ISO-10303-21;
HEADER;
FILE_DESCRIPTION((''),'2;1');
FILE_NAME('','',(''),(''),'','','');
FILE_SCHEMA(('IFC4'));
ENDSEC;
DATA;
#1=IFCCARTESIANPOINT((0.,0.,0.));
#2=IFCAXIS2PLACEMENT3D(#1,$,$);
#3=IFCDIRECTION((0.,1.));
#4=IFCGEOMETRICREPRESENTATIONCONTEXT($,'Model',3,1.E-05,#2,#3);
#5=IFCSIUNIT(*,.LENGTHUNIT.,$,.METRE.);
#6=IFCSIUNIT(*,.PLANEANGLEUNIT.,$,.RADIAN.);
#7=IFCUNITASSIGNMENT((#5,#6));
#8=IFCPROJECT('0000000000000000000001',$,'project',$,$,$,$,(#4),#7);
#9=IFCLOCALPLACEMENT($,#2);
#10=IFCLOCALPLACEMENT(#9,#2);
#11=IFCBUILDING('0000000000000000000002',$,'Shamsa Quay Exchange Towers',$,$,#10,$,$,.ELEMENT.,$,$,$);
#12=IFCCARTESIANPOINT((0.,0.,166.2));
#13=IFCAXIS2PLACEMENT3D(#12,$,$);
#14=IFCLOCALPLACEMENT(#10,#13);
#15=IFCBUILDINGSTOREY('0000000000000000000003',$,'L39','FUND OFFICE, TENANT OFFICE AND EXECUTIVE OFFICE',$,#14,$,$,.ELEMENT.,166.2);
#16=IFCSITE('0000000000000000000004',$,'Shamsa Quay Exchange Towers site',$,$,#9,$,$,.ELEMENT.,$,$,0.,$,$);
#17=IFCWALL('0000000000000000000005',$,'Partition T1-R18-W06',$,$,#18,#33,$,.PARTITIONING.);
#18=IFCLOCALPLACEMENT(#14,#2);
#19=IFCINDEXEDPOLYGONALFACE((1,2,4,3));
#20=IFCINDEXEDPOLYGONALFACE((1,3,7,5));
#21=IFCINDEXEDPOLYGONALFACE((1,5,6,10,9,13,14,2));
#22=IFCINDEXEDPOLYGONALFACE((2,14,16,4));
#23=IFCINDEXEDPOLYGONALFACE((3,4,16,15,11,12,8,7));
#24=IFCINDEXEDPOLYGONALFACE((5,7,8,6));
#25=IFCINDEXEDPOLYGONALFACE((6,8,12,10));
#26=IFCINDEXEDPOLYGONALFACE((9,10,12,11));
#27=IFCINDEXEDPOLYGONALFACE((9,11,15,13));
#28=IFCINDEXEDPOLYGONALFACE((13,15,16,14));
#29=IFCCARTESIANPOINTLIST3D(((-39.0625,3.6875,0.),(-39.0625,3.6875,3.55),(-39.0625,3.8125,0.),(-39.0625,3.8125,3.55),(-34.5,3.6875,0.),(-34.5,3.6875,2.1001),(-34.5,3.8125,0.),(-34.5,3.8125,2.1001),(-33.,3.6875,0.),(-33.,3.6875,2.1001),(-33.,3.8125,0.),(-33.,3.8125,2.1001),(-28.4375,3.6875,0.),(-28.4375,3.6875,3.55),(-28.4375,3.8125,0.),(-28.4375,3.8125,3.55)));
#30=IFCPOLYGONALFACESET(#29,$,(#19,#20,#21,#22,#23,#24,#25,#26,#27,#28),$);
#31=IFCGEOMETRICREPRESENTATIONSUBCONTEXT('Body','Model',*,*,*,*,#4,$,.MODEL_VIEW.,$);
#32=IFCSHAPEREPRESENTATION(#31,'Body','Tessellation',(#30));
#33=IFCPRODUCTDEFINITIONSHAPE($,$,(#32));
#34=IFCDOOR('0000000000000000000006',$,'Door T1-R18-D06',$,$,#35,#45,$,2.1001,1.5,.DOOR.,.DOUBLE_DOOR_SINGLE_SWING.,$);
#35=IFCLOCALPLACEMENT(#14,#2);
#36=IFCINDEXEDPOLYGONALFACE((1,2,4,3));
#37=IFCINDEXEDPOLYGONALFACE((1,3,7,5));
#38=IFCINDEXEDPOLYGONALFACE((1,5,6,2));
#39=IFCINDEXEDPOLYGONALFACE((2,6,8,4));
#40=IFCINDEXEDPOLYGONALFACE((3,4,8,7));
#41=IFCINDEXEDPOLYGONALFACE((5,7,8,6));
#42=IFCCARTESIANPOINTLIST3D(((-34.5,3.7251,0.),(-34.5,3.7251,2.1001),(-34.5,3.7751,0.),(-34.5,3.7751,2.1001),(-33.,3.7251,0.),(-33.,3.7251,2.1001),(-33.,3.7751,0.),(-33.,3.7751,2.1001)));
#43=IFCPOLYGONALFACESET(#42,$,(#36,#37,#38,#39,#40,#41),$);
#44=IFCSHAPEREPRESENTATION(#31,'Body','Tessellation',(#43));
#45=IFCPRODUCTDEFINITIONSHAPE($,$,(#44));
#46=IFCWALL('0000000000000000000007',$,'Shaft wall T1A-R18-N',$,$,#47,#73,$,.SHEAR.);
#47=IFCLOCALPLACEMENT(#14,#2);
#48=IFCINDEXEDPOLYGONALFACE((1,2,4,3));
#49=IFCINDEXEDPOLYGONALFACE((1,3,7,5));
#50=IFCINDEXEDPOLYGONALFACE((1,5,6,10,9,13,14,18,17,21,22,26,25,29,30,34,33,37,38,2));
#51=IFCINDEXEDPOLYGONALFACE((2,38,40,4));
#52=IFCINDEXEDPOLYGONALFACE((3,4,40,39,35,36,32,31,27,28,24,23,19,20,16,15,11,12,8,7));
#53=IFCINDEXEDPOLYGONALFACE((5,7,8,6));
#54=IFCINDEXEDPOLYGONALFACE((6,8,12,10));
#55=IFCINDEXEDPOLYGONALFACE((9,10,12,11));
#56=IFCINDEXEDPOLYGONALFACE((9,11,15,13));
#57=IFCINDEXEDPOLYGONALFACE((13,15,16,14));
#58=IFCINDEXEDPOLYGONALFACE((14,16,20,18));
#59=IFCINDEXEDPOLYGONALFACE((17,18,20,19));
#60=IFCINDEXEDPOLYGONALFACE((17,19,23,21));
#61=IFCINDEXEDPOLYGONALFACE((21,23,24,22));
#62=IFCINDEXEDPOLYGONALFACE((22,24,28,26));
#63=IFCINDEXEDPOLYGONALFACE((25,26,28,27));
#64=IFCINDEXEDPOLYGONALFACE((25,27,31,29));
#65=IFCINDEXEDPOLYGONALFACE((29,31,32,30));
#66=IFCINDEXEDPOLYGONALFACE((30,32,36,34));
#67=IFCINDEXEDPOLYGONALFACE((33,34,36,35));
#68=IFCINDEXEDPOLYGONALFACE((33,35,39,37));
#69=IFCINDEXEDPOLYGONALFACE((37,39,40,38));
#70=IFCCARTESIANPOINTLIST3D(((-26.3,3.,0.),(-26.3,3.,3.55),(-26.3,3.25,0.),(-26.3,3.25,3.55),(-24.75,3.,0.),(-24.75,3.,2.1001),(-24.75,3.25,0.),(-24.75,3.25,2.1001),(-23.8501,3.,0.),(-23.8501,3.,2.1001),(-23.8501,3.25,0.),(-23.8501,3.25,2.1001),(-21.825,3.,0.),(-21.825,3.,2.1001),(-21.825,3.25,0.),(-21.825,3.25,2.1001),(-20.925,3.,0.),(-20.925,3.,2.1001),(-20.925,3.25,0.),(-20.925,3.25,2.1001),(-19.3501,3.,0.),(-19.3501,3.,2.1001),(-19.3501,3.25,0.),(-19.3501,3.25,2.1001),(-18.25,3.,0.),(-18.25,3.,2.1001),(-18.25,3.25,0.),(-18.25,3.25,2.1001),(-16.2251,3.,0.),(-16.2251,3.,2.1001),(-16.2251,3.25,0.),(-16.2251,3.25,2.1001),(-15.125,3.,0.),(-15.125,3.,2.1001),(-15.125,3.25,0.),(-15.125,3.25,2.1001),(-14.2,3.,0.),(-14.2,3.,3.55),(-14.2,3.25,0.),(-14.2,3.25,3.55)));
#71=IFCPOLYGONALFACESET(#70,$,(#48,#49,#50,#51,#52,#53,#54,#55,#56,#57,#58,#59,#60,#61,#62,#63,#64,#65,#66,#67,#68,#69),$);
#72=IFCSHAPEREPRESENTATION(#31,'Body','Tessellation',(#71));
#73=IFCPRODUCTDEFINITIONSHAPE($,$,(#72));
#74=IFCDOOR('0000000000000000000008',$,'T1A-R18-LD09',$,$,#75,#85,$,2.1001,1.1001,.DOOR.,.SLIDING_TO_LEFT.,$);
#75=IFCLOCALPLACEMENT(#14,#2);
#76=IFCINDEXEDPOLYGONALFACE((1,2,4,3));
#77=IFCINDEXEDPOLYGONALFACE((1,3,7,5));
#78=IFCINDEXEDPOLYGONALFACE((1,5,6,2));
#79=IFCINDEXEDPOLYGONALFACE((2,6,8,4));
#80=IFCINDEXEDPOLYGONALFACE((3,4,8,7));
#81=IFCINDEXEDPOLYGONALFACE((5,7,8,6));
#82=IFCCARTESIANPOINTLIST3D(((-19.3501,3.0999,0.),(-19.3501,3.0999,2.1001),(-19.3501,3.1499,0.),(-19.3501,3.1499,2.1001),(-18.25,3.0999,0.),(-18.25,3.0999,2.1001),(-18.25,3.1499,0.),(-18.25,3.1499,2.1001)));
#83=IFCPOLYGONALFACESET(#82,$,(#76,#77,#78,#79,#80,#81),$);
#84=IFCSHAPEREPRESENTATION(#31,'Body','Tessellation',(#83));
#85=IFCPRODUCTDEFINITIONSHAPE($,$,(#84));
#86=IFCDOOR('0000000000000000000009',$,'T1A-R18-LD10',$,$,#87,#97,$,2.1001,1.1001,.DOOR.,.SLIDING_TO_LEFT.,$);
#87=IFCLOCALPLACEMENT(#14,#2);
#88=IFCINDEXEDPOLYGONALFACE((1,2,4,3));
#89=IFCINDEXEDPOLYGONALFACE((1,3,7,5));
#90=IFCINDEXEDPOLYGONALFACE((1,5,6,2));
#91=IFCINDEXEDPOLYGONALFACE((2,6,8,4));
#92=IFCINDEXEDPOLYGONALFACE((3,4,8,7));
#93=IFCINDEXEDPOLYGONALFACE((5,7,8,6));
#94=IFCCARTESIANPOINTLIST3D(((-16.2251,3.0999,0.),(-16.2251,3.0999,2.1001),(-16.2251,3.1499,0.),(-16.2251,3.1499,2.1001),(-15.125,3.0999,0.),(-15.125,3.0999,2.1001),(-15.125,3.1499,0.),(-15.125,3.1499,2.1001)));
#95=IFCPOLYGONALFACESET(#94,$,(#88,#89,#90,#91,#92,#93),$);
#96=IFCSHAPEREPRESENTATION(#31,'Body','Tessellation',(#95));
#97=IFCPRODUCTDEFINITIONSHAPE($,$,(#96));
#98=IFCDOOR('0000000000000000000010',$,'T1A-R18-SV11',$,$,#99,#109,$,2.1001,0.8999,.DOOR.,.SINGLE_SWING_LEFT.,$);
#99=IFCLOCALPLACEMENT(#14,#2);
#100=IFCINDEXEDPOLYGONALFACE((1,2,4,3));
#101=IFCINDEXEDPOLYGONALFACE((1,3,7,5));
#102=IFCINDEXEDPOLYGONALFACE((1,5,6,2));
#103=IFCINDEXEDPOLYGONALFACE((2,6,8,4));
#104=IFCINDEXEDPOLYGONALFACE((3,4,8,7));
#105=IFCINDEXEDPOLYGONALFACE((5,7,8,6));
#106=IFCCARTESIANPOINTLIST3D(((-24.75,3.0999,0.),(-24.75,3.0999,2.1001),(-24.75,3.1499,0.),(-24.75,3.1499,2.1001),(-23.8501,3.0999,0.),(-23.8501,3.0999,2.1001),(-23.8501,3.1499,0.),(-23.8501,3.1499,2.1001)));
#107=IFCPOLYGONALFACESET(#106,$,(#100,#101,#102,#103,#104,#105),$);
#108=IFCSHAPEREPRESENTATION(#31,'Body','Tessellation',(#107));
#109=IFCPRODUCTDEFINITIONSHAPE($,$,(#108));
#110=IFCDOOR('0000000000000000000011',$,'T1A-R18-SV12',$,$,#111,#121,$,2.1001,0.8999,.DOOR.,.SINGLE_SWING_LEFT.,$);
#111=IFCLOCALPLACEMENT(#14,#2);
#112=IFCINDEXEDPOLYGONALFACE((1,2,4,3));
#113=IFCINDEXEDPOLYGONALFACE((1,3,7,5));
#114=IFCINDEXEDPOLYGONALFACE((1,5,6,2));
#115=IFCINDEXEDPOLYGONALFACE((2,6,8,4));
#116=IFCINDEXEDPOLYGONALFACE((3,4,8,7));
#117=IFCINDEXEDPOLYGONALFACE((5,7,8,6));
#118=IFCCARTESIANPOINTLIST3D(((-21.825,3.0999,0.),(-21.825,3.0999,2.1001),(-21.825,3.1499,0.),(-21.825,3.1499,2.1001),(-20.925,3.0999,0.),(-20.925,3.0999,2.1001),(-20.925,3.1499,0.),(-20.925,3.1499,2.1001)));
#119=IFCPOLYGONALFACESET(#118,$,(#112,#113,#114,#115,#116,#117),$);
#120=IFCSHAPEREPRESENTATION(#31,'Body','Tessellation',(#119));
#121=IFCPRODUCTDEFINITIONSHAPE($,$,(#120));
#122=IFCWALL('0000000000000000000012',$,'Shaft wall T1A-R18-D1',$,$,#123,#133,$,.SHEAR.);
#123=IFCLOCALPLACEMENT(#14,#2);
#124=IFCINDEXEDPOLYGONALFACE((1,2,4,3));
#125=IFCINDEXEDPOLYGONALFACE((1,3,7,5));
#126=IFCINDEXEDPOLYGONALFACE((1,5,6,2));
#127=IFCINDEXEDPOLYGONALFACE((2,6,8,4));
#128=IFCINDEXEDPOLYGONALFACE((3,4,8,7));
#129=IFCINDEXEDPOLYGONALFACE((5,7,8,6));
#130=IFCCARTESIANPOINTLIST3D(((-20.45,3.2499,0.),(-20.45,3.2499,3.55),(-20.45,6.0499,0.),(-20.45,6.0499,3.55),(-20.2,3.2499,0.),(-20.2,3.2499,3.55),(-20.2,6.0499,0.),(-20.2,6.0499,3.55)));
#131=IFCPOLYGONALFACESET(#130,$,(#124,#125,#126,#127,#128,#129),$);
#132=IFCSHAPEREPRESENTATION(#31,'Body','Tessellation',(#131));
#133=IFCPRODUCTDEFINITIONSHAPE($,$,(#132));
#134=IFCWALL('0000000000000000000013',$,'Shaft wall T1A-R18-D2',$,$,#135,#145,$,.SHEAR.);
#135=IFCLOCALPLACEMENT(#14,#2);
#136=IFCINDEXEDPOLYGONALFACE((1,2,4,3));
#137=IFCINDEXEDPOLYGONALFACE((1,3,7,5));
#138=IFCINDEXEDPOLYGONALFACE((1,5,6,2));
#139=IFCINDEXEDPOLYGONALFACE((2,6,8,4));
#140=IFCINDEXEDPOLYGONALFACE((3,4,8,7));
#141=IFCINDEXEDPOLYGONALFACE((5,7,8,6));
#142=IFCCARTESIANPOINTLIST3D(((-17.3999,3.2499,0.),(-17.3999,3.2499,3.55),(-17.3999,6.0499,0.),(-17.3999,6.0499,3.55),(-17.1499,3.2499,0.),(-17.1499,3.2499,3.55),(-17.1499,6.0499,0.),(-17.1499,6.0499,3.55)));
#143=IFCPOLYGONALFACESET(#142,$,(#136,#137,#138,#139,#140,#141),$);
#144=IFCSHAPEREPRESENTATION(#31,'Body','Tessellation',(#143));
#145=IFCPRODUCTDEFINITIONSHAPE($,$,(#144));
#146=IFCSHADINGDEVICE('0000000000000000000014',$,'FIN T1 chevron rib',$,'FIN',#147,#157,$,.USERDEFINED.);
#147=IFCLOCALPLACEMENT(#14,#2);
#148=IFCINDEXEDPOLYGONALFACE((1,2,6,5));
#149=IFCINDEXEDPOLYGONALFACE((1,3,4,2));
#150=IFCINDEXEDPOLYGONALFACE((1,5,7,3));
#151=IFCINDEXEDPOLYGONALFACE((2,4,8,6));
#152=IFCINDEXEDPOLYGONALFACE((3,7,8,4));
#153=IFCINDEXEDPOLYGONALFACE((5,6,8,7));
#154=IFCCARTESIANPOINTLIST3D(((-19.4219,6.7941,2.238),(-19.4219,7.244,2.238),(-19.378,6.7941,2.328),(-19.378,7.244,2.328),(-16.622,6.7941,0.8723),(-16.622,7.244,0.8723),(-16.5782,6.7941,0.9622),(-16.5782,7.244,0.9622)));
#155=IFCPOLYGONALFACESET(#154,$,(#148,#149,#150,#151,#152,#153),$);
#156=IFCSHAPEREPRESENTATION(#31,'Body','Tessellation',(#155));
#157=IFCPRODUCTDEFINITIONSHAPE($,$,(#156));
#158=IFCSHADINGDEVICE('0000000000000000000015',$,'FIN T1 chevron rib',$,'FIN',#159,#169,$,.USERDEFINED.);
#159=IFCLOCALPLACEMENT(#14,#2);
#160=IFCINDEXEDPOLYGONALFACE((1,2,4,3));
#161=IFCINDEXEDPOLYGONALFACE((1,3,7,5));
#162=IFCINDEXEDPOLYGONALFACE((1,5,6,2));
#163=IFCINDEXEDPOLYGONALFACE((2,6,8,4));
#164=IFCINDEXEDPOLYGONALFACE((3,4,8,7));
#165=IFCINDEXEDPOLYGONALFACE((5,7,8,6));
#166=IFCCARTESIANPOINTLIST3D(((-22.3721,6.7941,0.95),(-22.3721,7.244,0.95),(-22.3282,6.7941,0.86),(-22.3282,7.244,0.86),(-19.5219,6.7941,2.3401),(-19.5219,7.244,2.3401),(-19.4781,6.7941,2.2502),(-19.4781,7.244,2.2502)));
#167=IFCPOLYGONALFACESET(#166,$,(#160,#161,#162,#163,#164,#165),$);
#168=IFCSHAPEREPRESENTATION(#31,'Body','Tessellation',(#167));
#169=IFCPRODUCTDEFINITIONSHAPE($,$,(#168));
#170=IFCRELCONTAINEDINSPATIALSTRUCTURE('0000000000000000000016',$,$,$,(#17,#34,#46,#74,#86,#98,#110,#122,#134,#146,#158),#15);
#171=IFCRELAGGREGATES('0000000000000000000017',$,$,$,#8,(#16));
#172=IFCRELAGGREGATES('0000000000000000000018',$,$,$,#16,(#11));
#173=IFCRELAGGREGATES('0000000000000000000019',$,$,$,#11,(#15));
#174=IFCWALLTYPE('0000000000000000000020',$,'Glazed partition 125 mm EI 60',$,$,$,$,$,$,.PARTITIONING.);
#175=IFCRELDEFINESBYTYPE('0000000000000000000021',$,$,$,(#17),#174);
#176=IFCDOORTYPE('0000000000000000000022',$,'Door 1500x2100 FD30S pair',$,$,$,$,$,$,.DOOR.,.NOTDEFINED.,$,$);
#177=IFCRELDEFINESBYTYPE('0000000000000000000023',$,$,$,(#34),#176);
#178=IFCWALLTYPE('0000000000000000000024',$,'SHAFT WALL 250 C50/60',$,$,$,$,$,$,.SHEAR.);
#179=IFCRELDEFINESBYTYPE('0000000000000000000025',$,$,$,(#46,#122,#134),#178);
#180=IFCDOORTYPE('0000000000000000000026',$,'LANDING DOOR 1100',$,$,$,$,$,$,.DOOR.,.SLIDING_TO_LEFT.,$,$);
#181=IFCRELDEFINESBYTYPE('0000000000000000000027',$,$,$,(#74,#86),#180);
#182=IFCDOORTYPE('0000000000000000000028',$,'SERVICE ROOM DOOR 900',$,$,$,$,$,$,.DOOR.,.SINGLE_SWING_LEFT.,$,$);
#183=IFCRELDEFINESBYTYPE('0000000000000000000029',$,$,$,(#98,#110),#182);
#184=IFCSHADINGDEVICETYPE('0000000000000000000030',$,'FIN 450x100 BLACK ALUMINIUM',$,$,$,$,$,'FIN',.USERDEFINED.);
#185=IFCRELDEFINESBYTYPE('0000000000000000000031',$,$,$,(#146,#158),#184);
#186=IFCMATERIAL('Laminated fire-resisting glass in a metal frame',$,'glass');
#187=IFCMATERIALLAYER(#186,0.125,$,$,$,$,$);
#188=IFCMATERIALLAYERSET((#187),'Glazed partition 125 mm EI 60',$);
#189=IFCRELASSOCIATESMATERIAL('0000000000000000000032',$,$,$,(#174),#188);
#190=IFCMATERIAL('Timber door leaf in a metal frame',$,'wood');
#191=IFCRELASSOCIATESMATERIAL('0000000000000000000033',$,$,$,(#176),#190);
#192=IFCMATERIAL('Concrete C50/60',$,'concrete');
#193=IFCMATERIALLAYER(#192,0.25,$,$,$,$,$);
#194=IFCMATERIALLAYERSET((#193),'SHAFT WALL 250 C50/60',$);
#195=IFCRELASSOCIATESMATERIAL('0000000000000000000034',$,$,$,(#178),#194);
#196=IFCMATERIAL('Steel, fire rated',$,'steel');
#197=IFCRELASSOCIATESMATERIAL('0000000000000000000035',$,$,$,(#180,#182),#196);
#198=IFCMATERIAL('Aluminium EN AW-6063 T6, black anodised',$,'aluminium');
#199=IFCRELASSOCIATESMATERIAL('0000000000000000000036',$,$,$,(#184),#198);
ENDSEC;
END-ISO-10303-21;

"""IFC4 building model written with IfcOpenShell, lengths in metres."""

from ifc_helpers import new_model, si_unit, direction, frame, frame_2d, origin, origin_2d, place, context, subcontext, project, spatial, rectangle, extrude, material, layer, layer_set, material_profile, profile_set, type_object, element, fill, save


model = new_model("IFC4")

# Units and contexts
model_context = context("Model", 3, precision=1e-05, world=origin(), true_north=direction((0.0, 1.0)))
body_context = subcontext(model_context, "Body", "Model", "MODEL_VIEW")
ifc_project = project(units=[si_unit("LENGTHUNIT", "METRE"), si_unit("PLANEANGLEUNIT", "RADIAN")], contexts=[model_context])

# Site, building, storey
site_placement = place(None, origin())
site = spatial("IfcSite", under=ifc_project, at=site_placement, Name="Shamsa Quay Exchange Towers site", CompositionType="ELEMENT", RefElevation=0.0)
building_placement = place(site_placement, origin())
building = spatial("IfcBuilding", under=site, at=building_placement, Name="Shamsa Quay Exchange Towers", CompositionType="ELEMENT")
storey_placement = place(building_placement, frame((0.0, 0.0, 166.2)))
storey = spatial("IfcBuildingStorey", under=building, at=storey_placement, Name="L39", Description="FUND OFFICE, TENANT OFFICE AND EXECUTIVE OFFICE", CompositionType="ELEMENT", Elevation=166.2)

# Shared definitions
ifc_material_1 = material(Name="Aluminium EN AW-6063 T6, black anodised", Category="aluminium")

# Shared definitions
ifc_material_2 = material(Name="Steel, fire rated", Category="steel")

# Shared definitions
ifc_material_3 = material(Name="Laminated fire-resisting glass in a metal frame", Category="glass")
ifc_layer_1 = layer(ifc_material_3, 0.125)
ifc_layer_set_1 = layer_set([ifc_layer_1], Name="Glazed partition 125 mm EI 60")
wall_type_1 = type_object("IfcWallType", Name="Glazed partition 125 mm EI 60", PredefinedType="PARTITIONING", material=ifc_layer_set_1)

# Wall, opening, door
wall_1_placement = place(storey_placement, frame((-28.4375, 3.75, 0.0), z_axis=(0.0, 0.0, 1.0), x_axis=(-1.0, 0.0, 0.0)))
wall_1 = element("IfcWall", 1, at=wall_1_placement, inside=storey, type_object=wall_type_1, Name="Partition T1-R18-W06", PredefinedType="PARTITIONING", context=body_context, shape_type="SweptSolid", body=[
    extrude(rectangle(XDim=10.625, YDim=0.125, at=frame_2d((5.3125, 0.0))), origin(), (0.0, 0.0, 1.0), 3.55),
])
opening_1_placement = place(wall_1_placement, frame((4.5625, 0.0, 0.0)))
opening_1 = element("IfcOpeningElement", 2, at=opening_1_placement, cuts=wall_1, PredefinedType="OPENING", context=body_context, shape_type="SweptSolid", body=[
    extrude(rectangle(XDim=1.5, YDim=2.1001, at=frame_2d((0.75, 1.05))), frame((0.0, 0.0725, 0.0), z_axis=(0.0, -1.0, 0.0), x_axis=(1.0, 0.0, 0.0)), (0.0, 0.0, 1.0), 0.145),
])
ifc_material_4 = material(Name="Timber door leaf in a metal frame", Category="wood")
door_type_1 = type_object("IfcDoorType", Name="Door 1500x2100 FD30S pair", OperationType="NOTDEFINED", PredefinedType="DOOR", material=ifc_material_4)
door_1_placement = place(opening_1_placement, origin())
door_1 = element("IfcDoor", 3, at=door_1_placement, inside=storey, type_object=door_type_1, Name="Door T1-R18-D06", OperationType="DOUBLE_DOOR_SINGLE_SWING", OverallHeight=2.1001, OverallWidth=1.5, PredefinedType="DOOR", context=body_context, shape_type="SweptSolid", body=[
    extrude(rectangle(XDim=1.5, YDim=2.1001, at=frame_2d((0.75, 1.05))), frame((0.0, 0.0249, 0.0), z_axis=(0.0, -1.0, 0.0), x_axis=(1.0, 0.0, 0.0)), (0.0, 0.0, 1.0), 0.05),
])
fill(opening_1, door_1)

# Wall, openings, doors
ifc_material_5 = material(Name="Concrete C50/60", Category="concrete")
ifc_layer_2 = layer(ifc_material_5, 0.25)
ifc_layer_set_2 = layer_set([ifc_layer_2], Name="SHAFT WALL 250 C50/60")
wall_type_2 = type_object("IfcWallType", Name="SHAFT WALL 250 C50/60", PredefinedType="SHEAR", material=ifc_layer_set_2)
wall_2_placement = place(storey_placement, frame((-26.3, 3.125, 0.0)))
wall_2 = element("IfcWall", 4, at=wall_2_placement, inside=storey, type_object=wall_type_2, Name="Shaft wall T1A-R18-N", PredefinedType="SHEAR", context=body_context, shape_type="SweptSolid", body=[
    extrude(rectangle(XDim=12.1001, YDim=0.25, at=frame_2d((6.05, 0.0))), origin(), (0.0, 0.0, 1.0), 3.55),
])
opening_2_placement = place(wall_2_placement, frame((6.95, 0.0, 0.0)))
opening_2 = element("IfcOpeningElement", 5, at=opening_2_placement, cuts=wall_2, PredefinedType="OPENING", context=body_context, shape_type="SweptSolid", body=[
    extrude(rectangle(XDim=1.1001, YDim=2.1001, at=frame_2d((0.55, 1.05))), frame((0.0, 0.135, 0.0), z_axis=(0.0, -1.0, 0.0), x_axis=(1.0, 0.0, 0.0)), (0.0, 0.0, 1.0), 0.27),
])
opening_3_placement = place(wall_2_placement, frame((10.075, 0.0, 0.0)))
opening_3 = element("IfcOpeningElement", 6, at=opening_3_placement, cuts=wall_2, PredefinedType="OPENING", context=body_context, shape_type="SweptSolid", body=[
    extrude(rectangle(XDim=1.1001, YDim=2.1001, at=frame_2d((0.55, 1.05))), frame((0.0, 0.135, 0.0), z_axis=(0.0, -1.0, 0.0), x_axis=(1.0, 0.0, 0.0)), (0.0, 0.0, 1.0), 0.27),
])
opening_4_placement = place(wall_2_placement, frame((1.55, 0.0, 0.0)))
opening_4 = element("IfcOpeningElement", 7, at=opening_4_placement, cuts=wall_2, PredefinedType="OPENING", context=body_context, shape_type="SweptSolid", body=[
    extrude(rectangle(XDim=0.8999, YDim=2.1001, at=frame_2d((0.45, 1.05))), frame((0.0, 0.135, 0.0), z_axis=(0.0, -1.0, 0.0), x_axis=(1.0, 0.0, 0.0)), (0.0, 0.0, 1.0), 0.27),
])
opening_5_placement = place(wall_2_placement, frame((4.4751, 0.0, 0.0)))
opening_5 = element("IfcOpeningElement", 8, at=opening_5_placement, cuts=wall_2, PredefinedType="OPENING", context=body_context, shape_type="SweptSolid", body=[
    extrude(rectangle(XDim=0.8999, YDim=2.1001, at=frame_2d((0.45, 1.05))), frame((0.0, 0.135, 0.0), z_axis=(0.0, -1.0, 0.0), x_axis=(1.0, 0.0, 0.0)), (0.0, 0.0, 1.0), 0.27),
])
door_type_2 = type_object("IfcDoorType", Name="LANDING DOOR 1100", OperationType="SLIDING_TO_LEFT", PredefinedType="DOOR", material=ifc_material_2)
door_2_placement = place(opening_2_placement, origin())
door_2 = element("IfcDoor", 9, at=door_2_placement, inside=storey, type_object=door_type_2, Name="T1A-R18-LD09", OperationType="SLIDING_TO_LEFT", OverallHeight=2.1001, OverallWidth=1.1001, PredefinedType="DOOR", context=body_context, shape_type="SweptSolid", body=[
    extrude(rectangle(XDim=1.1001, YDim=2.1001, at=frame_2d((0.55, 1.05))), frame((0.0, 0.0249, 0.0), z_axis=(0.0, -1.0, 0.0), x_axis=(1.0, 0.0, 0.0)), (0.0, 0.0, 1.0), 0.05),
])
fill(opening_2, door_2)
door_3_placement = place(opening_3_placement, origin())
door_3 = element("IfcDoor", 10, at=door_3_placement, inside=storey, type_object=door_type_2, Name="T1A-R18-LD10", OperationType="SLIDING_TO_LEFT", OverallHeight=2.1001, OverallWidth=1.1001, PredefinedType="DOOR", context=body_context, shape_type="SweptSolid", body=[
    extrude(rectangle(XDim=1.1001, YDim=2.1001, at=frame_2d((0.55, 1.05))), frame((0.0, 0.0249, 0.0), z_axis=(0.0, -1.0, 0.0), x_axis=(1.0, 0.0, 0.0)), (0.0, 0.0, 1.0), 0.05),
])
fill(opening_3, door_3)
door_type_3 = type_object("IfcDoorType", Name="SERVICE ROOM DOOR 900", OperationType="SINGLE_SWING_LEFT", PredefinedType="DOOR", material=ifc_material_2)
door_4_placement = place(opening_4_placement, origin())
door_4 = element("IfcDoor", 11, at=door_4_placement, inside=storey, type_object=door_type_3, Name="T1A-R18-SV11", OperationType="SINGLE_SWING_LEFT", OverallHeight=2.1001, OverallWidth=0.8999, PredefinedType="DOOR", context=body_context, shape_type="SweptSolid", body=[
    extrude(rectangle(XDim=0.8999, YDim=2.1001, at=frame_2d((0.45, 1.05))), frame((0.0, 0.0249, 0.0), z_axis=(0.0, -1.0, 0.0), x_axis=(1.0, 0.0, 0.0)), (0.0, 0.0, 1.0), 0.05),
])
fill(opening_4, door_4)
door_5_placement = place(opening_5_placement, origin())
door_5 = element("IfcDoor", 12, at=door_5_placement, inside=storey, type_object=door_type_3, Name="T1A-R18-SV12", OperationType="SINGLE_SWING_LEFT", OverallHeight=2.1001, OverallWidth=0.8999, PredefinedType="DOOR", context=body_context, shape_type="SweptSolid", body=[
    extrude(rectangle(XDim=0.8999, YDim=2.1001, at=frame_2d((0.45, 1.05))), frame((0.0, 0.0249, 0.0), z_axis=(0.0, -1.0, 0.0), x_axis=(1.0, 0.0, 0.0)), (0.0, 0.0, 1.0), 0.05),
])
fill(opening_5, door_5)

# Walls
for number, where, z_axis, x_axis, name in (
    (13, (-20.325, 3.25, 0.0), (0.0, 0.0, 1.0), (0.0, 1.0, 0.0), "Shaft wall T1A-R18-D1"),
    (14, (-17.2749, 3.25, 0.0), (0.0, 0.0, 1.0), (0.0, 1.0, 0.0), "Shaft wall T1A-R18-D2"),
):
    element("IfcWall", number, at=place(storey_placement, frame(where, z_axis=z_axis, x_axis=x_axis)), inside=storey, type_object=wall_type_2, Name=name, PredefinedType="SHEAR", context=body_context, shape_type="SweptSolid", body=[
        extrude(rectangle(XDim=2.8, YDim=0.25, at=frame_2d((1.3999, 0.0))), origin(), (0.0, 0.0, 1.0), 3.55),
    ])

# Shading devices
ifc_material_profile_1 = material_profile(ifc_material_1, rectangle(XDim=0.45, YDim=0.1001, at=origin_2d()), Name="FIN450x100")
ifc_profile_set_1 = profile_set([ifc_material_profile_1], Name="Aluminium EN AW-6063 T6, black anodised")
shading_device_type = type_object("IfcShadingDeviceType", Name="FIN 450x100 BLACK ALUMINIUM", ElementType="FIN", PredefinedType="USERDEFINED", material=ifc_profile_set_1)
shading_device_1_placement = place(storey_placement, frame((-16.6001, 7.019, 0.9172), z_axis=(-0.898773, 0.0, 0.438414), x_axis=(0.0, -1.0, 0.0)))
element("IfcShadingDevice", 15, at=shading_device_1_placement, inside=storey, type_object=shading_device_type, Name="FIN T1 chevron rib", ObjectType="FIN", PredefinedType="USERDEFINED", context=body_context, shape_type="SweptSolid", body=[
    extrude(rectangle(XDim=0.45, YDim=0.1001, at=origin_2d()), origin(), (0.0, 0.0, 1.0), 3.1152),
])
shading_device_2_placement = place(storey_placement, frame((-19.5, 7.019, 2.2952), z_axis=(-0.898788, 0.0, -0.438384), x_axis=(0.0, -1.0, 0.0)))
element("IfcShadingDevice", 16, at=shading_device_2_placement, inside=storey, type_object=shading_device_type, Name="FIN T1 chevron rib", ObjectType="FIN", PredefinedType="USERDEFINED", context=body_context, shape_type="SweptSolid", body=[
    extrude(rectangle(XDim=0.45, YDim=0.1001, at=origin_2d()), origin(), (0.0, 0.0, 1.0), 3.1711),
])

save(model, "model.ifc")
